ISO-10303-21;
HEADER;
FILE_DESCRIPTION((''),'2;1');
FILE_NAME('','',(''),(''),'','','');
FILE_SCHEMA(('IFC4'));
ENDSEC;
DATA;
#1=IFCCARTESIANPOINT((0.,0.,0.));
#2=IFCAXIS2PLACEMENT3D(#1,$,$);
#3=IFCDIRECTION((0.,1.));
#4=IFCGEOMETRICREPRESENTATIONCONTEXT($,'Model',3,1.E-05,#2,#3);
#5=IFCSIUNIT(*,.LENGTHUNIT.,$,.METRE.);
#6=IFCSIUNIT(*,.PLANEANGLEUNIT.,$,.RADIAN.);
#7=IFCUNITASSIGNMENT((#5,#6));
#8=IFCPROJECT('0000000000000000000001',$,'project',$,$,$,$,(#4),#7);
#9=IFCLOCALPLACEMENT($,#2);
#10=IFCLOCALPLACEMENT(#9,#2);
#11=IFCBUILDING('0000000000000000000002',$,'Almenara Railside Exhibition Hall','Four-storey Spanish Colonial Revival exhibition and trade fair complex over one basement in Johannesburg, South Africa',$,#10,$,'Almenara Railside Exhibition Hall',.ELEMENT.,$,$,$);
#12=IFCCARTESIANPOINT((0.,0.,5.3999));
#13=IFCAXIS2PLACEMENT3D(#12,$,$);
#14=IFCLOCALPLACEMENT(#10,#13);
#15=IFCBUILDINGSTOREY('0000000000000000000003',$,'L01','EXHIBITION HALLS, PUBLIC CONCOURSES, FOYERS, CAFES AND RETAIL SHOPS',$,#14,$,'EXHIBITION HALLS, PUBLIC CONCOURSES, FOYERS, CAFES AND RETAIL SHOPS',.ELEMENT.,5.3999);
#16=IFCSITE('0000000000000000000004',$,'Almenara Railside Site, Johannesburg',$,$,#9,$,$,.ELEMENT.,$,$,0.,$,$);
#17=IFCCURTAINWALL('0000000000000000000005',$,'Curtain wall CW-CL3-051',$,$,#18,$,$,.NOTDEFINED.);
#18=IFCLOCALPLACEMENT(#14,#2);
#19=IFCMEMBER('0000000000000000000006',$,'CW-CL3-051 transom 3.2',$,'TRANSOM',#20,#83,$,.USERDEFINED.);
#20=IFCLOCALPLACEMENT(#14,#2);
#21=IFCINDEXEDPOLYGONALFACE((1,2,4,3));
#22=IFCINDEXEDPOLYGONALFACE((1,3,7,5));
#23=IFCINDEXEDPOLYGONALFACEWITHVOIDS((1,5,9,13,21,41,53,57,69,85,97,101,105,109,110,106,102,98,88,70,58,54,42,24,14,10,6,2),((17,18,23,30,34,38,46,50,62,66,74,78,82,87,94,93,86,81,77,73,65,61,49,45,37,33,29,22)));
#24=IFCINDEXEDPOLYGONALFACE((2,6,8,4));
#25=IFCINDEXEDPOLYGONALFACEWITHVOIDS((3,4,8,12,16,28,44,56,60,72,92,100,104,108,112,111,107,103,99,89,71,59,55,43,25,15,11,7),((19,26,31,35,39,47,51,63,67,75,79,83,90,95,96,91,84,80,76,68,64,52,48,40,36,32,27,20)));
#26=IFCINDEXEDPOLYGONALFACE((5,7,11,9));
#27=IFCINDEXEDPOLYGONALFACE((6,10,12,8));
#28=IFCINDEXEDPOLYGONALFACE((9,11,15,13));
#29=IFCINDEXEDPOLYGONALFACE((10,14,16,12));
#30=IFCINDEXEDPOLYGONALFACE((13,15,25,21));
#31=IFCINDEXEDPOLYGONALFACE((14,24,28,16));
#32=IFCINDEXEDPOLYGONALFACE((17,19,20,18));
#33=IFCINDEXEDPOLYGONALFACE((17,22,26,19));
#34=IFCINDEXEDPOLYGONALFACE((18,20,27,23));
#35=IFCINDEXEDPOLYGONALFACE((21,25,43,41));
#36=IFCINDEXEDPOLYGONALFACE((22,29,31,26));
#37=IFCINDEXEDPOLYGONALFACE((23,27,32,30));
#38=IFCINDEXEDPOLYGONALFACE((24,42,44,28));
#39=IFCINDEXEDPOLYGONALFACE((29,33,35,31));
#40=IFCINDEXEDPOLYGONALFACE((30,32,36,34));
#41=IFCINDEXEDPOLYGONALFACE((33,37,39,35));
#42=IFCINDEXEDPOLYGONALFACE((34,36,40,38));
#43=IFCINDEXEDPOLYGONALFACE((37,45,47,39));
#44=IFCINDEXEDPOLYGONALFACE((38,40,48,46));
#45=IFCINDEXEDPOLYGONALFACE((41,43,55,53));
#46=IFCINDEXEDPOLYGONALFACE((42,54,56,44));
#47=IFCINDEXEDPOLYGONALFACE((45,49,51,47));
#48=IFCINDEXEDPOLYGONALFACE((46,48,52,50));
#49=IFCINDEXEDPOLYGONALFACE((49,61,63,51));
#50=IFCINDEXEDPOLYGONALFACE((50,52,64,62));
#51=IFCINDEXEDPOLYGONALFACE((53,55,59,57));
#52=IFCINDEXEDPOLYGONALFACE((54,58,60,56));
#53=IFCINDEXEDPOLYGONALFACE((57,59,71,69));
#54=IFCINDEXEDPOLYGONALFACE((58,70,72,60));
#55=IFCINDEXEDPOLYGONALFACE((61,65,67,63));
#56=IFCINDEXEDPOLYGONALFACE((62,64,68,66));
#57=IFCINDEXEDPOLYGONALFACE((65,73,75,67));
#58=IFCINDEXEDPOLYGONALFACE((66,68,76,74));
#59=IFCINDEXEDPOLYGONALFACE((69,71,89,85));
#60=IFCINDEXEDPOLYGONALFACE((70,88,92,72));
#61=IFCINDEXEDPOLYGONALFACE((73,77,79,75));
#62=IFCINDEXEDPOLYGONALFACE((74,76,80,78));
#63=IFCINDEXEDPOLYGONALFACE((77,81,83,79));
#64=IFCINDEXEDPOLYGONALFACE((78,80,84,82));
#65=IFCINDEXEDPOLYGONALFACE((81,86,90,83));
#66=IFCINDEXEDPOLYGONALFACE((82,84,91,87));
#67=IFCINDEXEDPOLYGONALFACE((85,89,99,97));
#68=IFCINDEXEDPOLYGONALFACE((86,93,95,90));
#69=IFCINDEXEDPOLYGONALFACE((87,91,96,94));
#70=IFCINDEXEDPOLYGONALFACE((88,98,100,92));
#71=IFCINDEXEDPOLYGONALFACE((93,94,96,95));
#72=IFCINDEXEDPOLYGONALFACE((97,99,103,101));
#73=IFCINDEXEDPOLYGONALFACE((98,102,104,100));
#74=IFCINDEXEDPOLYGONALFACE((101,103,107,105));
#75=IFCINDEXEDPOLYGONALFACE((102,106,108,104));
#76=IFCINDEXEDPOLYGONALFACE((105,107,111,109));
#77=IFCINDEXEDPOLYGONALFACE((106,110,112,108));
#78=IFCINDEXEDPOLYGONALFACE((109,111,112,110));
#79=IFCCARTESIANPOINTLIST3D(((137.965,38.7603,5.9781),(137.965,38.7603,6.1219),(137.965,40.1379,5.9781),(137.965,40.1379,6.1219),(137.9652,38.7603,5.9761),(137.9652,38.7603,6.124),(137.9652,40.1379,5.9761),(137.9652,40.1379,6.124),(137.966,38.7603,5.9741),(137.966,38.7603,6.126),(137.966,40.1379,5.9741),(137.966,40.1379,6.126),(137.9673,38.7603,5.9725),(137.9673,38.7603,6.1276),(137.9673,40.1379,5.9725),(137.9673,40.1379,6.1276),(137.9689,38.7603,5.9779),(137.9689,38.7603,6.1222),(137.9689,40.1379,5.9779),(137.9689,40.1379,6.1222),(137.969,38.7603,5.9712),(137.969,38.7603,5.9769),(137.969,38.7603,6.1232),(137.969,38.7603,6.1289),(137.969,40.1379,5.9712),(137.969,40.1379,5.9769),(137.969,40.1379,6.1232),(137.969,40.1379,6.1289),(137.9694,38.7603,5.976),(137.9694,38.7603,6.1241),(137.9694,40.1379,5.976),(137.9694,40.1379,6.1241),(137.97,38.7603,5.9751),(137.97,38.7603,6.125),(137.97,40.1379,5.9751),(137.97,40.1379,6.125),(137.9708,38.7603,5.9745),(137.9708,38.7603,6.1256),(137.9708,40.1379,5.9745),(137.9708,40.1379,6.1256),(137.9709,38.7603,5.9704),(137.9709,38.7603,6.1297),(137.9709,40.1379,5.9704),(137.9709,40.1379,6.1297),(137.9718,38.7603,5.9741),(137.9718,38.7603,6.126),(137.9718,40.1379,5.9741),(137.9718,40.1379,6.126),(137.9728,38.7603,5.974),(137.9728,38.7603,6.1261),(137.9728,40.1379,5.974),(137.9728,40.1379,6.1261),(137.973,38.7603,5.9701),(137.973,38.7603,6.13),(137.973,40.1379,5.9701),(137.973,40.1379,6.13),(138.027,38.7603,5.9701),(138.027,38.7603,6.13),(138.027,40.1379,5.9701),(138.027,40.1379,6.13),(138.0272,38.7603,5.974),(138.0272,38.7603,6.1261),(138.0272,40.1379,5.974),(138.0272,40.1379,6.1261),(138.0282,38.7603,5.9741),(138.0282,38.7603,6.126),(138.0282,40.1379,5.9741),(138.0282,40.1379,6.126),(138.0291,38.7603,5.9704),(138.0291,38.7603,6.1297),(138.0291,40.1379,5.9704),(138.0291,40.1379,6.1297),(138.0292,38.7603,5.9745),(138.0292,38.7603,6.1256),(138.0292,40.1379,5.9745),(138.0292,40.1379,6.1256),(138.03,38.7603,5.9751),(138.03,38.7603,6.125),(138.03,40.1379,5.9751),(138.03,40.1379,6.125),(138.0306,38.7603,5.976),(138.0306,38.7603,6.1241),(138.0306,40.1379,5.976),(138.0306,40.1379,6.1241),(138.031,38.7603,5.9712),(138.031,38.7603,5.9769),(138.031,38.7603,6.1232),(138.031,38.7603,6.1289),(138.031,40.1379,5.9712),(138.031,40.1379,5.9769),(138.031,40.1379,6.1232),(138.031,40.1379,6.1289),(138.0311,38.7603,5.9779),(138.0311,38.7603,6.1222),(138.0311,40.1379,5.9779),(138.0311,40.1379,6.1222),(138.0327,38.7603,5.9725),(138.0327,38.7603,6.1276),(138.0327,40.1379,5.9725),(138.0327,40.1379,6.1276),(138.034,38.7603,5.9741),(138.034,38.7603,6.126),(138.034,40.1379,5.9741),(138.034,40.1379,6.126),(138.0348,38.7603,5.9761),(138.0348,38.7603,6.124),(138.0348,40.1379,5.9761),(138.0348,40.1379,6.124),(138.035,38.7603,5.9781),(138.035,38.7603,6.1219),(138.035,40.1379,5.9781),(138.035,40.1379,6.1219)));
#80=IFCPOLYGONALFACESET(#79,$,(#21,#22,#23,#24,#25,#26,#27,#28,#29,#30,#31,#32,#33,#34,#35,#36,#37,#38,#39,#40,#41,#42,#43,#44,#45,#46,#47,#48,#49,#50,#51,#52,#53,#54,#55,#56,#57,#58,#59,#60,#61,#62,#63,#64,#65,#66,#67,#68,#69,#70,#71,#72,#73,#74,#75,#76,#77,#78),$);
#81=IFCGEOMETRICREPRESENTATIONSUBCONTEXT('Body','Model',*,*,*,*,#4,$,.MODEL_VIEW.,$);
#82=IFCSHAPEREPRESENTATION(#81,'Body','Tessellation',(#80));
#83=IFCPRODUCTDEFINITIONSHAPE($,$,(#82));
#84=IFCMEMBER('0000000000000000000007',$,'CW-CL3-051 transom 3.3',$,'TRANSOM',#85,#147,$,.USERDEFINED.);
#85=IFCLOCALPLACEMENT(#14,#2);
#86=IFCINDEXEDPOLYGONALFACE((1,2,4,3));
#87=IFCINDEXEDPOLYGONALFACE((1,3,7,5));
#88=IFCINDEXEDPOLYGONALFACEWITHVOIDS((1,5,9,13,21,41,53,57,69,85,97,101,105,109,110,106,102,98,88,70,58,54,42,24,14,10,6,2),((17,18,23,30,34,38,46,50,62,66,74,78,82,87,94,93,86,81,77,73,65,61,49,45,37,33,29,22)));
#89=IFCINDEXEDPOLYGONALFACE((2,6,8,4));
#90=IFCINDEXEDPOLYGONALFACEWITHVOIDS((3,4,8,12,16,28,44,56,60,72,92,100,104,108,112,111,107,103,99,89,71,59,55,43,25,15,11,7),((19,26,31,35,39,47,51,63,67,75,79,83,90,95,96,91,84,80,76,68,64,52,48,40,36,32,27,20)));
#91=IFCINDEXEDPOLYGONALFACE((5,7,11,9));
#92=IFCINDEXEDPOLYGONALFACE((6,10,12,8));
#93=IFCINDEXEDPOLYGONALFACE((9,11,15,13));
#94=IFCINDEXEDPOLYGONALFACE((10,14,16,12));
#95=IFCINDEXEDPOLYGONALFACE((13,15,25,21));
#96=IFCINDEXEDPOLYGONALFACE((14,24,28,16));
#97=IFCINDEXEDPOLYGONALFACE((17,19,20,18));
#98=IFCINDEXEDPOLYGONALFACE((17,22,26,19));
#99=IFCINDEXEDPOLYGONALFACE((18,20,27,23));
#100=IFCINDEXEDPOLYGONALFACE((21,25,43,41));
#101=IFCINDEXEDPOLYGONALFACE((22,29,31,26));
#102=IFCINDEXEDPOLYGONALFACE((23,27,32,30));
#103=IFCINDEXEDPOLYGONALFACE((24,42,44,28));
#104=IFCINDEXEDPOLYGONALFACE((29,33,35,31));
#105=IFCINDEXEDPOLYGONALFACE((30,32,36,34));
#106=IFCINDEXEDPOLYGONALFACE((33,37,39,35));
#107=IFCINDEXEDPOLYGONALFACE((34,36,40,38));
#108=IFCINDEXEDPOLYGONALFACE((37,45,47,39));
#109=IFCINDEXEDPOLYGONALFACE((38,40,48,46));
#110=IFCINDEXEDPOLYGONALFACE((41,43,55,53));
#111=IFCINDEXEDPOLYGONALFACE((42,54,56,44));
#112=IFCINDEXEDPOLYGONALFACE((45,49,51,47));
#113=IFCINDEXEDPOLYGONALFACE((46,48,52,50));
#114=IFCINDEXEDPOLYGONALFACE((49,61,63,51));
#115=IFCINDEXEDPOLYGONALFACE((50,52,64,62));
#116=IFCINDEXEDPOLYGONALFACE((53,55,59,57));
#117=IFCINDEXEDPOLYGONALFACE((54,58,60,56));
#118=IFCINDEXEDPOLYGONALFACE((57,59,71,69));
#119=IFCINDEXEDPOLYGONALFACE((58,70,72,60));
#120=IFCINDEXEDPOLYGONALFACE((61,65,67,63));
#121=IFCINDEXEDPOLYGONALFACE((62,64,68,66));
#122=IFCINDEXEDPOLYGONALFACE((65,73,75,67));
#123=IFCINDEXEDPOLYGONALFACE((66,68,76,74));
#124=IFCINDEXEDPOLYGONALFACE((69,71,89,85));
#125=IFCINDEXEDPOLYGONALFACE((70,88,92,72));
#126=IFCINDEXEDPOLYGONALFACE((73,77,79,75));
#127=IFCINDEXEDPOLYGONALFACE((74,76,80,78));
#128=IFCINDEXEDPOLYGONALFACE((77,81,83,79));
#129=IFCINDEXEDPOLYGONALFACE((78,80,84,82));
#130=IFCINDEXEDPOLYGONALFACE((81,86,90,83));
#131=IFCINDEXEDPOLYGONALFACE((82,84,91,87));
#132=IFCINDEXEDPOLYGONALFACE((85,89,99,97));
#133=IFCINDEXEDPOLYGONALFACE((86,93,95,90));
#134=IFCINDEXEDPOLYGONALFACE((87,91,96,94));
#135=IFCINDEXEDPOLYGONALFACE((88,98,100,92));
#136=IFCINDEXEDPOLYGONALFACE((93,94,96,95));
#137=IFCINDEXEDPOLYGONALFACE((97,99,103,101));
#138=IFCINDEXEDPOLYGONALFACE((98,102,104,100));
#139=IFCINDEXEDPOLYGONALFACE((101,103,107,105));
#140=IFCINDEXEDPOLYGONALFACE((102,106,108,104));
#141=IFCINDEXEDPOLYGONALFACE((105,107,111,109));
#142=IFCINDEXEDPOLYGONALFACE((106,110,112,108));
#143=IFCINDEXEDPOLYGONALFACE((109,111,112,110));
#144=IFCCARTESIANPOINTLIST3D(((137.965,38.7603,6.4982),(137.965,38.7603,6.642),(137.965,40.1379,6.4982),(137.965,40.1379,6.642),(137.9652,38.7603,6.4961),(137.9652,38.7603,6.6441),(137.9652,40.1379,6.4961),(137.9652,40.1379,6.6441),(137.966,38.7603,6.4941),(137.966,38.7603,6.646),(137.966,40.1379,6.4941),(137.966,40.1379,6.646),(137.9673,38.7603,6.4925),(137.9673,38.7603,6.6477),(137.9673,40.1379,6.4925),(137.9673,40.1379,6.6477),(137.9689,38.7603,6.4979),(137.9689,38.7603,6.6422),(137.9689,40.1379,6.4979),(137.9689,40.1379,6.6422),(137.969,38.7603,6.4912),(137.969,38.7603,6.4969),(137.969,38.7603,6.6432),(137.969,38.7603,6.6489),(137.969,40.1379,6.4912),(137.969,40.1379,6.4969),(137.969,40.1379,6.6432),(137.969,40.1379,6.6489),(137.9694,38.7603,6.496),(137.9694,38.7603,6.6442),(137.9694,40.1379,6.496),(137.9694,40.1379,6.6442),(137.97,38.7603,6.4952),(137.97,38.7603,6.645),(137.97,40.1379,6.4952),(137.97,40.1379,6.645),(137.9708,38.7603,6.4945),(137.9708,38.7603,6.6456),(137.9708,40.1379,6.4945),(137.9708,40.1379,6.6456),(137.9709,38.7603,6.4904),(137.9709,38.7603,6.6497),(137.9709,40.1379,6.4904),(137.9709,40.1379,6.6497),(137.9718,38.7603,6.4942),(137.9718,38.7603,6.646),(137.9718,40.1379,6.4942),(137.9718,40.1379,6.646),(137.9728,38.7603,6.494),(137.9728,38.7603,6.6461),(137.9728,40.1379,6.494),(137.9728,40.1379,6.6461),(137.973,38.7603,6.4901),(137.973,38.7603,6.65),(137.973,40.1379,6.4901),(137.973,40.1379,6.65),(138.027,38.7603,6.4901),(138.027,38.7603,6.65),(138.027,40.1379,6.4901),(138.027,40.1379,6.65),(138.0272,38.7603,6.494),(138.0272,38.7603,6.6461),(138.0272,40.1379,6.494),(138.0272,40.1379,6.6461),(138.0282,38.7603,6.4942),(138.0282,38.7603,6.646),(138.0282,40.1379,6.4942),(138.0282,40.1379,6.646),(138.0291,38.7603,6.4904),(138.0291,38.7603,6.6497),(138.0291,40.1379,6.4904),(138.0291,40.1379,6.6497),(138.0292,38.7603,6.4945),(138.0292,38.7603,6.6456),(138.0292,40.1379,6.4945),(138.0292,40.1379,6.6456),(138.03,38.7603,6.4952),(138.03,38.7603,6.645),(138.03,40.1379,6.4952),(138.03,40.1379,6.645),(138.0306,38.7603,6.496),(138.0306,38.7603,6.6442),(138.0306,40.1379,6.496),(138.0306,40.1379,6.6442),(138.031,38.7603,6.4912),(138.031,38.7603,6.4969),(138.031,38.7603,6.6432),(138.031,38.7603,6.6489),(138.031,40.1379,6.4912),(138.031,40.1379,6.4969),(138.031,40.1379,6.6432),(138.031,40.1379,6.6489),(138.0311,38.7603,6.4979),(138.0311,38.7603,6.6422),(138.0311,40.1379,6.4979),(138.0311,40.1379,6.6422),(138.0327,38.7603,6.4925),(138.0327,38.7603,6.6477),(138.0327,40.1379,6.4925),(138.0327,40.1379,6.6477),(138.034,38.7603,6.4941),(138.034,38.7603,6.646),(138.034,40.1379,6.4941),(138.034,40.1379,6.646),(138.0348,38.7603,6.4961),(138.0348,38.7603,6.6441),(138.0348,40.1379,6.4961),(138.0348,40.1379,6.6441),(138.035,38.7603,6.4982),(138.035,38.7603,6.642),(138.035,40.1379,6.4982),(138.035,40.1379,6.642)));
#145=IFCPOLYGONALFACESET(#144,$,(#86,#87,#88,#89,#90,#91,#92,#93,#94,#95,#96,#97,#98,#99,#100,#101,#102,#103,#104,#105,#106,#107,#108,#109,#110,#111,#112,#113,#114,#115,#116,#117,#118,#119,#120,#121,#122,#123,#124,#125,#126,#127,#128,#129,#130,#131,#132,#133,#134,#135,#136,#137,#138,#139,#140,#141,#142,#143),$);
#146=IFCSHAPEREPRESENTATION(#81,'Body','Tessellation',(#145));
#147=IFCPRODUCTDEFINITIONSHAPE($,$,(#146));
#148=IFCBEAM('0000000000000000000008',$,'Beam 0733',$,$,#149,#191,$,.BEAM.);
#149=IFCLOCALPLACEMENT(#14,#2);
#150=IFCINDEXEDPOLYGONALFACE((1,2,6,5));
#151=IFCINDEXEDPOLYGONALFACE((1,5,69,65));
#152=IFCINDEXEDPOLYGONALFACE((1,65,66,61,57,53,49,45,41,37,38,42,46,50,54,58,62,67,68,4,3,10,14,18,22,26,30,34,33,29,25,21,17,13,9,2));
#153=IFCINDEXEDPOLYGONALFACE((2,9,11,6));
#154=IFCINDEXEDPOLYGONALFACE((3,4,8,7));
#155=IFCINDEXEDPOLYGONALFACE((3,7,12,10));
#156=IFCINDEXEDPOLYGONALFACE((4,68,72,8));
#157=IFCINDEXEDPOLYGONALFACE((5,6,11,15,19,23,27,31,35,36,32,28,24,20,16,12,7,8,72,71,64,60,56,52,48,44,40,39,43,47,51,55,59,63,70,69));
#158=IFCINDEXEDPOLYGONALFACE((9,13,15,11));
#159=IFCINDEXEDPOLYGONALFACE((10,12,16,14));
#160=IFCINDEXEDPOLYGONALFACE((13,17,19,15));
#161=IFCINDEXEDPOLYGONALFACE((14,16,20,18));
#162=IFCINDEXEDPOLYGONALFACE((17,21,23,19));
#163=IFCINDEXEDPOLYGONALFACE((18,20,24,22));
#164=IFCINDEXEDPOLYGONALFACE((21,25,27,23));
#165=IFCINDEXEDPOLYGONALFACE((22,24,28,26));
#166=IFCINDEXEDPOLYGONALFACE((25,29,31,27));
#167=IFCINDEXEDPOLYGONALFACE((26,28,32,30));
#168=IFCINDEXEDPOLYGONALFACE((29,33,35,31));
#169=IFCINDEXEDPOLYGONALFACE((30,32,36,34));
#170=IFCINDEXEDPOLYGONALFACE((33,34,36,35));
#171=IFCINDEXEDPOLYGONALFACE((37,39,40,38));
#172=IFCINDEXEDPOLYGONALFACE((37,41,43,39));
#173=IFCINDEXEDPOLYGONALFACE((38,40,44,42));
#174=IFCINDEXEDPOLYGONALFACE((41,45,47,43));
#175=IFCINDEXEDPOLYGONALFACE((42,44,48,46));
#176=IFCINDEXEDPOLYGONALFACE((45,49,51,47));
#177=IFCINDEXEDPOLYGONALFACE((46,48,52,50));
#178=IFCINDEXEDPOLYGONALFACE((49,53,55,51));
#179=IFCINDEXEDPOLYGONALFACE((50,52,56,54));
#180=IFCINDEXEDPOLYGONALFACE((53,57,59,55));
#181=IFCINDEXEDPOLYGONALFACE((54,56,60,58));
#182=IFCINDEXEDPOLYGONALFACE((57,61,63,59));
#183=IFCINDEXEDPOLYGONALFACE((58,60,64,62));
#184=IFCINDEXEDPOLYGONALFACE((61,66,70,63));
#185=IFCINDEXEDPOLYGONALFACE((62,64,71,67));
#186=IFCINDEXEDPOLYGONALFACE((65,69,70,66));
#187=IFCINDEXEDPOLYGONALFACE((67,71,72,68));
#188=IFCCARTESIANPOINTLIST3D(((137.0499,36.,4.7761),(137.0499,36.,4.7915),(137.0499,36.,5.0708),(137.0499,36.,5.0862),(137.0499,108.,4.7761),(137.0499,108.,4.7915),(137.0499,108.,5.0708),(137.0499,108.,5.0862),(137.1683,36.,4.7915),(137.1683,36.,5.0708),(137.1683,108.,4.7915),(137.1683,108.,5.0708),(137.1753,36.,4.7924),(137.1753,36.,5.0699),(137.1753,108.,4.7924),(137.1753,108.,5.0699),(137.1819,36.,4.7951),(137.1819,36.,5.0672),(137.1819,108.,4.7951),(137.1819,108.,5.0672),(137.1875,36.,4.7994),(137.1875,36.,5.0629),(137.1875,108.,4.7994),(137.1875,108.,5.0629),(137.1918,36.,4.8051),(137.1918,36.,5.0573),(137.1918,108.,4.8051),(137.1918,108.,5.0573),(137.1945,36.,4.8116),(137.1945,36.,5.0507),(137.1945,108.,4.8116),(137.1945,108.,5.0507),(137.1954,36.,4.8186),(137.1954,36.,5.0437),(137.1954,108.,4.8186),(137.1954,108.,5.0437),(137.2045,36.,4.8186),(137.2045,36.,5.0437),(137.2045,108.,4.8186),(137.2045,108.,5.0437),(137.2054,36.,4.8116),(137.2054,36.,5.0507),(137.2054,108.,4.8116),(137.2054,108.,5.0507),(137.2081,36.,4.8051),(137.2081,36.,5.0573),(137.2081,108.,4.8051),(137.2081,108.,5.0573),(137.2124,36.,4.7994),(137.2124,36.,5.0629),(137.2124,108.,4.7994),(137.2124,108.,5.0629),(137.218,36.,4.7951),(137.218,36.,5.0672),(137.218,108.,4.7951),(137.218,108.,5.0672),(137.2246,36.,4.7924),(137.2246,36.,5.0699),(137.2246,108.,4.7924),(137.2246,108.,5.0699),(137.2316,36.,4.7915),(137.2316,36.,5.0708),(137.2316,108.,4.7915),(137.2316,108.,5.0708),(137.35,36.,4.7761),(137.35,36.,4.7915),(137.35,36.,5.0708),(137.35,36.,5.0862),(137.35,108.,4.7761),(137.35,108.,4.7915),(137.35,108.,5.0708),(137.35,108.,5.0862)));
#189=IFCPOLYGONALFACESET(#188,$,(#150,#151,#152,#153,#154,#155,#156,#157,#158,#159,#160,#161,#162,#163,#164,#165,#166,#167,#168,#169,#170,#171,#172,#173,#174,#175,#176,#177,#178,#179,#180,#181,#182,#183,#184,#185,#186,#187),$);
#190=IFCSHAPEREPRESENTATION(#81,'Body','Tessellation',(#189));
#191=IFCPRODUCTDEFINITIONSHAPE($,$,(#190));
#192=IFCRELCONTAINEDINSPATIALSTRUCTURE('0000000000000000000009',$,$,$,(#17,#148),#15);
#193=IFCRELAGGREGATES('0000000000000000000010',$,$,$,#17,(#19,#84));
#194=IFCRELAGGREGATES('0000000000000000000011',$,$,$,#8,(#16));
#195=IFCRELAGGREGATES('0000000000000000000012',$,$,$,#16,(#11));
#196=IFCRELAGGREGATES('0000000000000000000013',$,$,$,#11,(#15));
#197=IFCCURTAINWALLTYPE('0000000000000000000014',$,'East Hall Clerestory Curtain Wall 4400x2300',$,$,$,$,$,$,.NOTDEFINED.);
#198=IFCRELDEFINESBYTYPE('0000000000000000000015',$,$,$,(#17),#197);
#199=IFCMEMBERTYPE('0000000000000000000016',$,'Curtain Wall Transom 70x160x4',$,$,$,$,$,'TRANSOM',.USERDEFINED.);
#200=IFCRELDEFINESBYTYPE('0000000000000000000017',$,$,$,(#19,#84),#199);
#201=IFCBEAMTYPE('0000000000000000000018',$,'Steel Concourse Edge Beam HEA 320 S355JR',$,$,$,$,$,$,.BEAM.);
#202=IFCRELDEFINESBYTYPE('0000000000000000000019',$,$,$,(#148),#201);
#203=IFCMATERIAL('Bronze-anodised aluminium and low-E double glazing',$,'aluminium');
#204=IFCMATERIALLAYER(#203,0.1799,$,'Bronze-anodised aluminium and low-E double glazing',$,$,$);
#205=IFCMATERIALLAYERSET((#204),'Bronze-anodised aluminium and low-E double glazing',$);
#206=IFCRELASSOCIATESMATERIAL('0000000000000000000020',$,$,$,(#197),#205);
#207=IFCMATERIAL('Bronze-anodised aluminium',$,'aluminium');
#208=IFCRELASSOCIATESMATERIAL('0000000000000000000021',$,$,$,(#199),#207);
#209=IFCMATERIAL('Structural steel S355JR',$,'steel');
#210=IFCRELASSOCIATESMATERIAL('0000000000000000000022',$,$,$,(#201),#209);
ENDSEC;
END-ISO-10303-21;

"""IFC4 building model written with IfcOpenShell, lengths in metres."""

from ifc_helpers import new_model, si_unit, direction, frame, origin, origin_2d, place, context, subcontext, project, spatial, hollow_rectangle, i_section, extrude, material, layer, layer_set, material_profile, profile_set, type_object, element, aggregate, save


model = new_model("IFC4")

# Units and contexts
model_context = context("Model", 3, precision=1e-05, world=origin(), true_north=direction((0.0, 1.0)))
body_context = subcontext(model_context, "Body", "Model", "MODEL_VIEW")
ifc_project = project(units=[si_unit("LENGTHUNIT", "METRE"), si_unit("PLANEANGLEUNIT", "RADIAN")], contexts=[model_context])

# Site, building, storey
site_placement = place(None, origin())
site = spatial("IfcSite", under=ifc_project, at=site_placement, Name="Almenara Railside Site, Johannesburg", CompositionType="ELEMENT", RefElevation=0.0)
building_placement = place(site_placement, origin())
building = spatial("IfcBuilding", under=site, at=building_placement, Name="Almenara Railside Exhibition Hall", Description="Four-storey Spanish Colonial Revival exhibition and trade fair complex over one basement in Johannesburg, South Africa", LongName="Almenara Railside Exhibition Hall", CompositionType="ELEMENT")
storey_placement = place(building_placement, frame((0.0, 0.0, 5.3999)))
storey = spatial("IfcBuildingStorey", under=building, at=storey_placement, Name="L01", Description="EXHIBITION HALLS, PUBLIC CONCOURSES, FOYERS, CAFES AND RETAIL SHOPS", LongName="EXHIBITION HALLS, PUBLIC CONCOURSES, FOYERS, CAFES AND RETAIL SHOPS", CompositionType="ELEMENT", Elevation=5.3999)

# Shared definitions
ifc_material_1 = material(Name="Bronze-anodised aluminium and low-E double glazing", Category="aluminium")
ifc_layer_1 = layer(ifc_material_1, 0.1799, Name="Bronze-anodised aluminium and low-E double glazing")
ifc_layer_set_1 = layer_set([ifc_layer_1], Name="Bronze-anodised aluminium and low-E double glazing")
curtain_wall_type = type_object("IfcCurtainWallType", Name="East Hall Clerestory Curtain Wall 4400x2300", PredefinedType="NOTDEFINED", material=ifc_layer_set_1)
ifc_material_2 = material(Name="Bronze-anodised aluminium", Category="aluminium")

# Curtain wall, members
curtain_wall_1_placement = place(storey_placement, origin())
curtain_wall_1 = element("IfcCurtainWall", 1, at=curtain_wall_1_placement, inside=storey, type_object=curtain_wall_type, Name="Curtain wall CW-CL3-051", PredefinedType="NOTDEFINED")
ifc_material_profile_1 = material_profile(ifc_material_2, hollow_rectangle(XDim=0.0701, YDim=0.1599, WallThickness=0.0039, InnerFilletRadius=0.0039, OuterFilletRadius=0.0081, at=origin_2d()), Name="ALU-TRN 70x160x4")
ifc_profile_set_1 = profile_set([ifc_material_profile_1], Name="Bronze-anodised aluminium")
member_type_1 = type_object("IfcMemberType", Name="Curtain Wall Transom 70x160x4", ElementType="TRANSOM", PredefinedType="USERDEFINED", material=ifc_profile_set_1)
member_1_placement = place(storey_placement, frame((138.0, 38.7603, 6.05), z_axis=(0.0, 1.0, 0.0), x_axis=(-1.0, 0.0, 0.0)))
member_1 = element("IfcMember", 2, at=member_1_placement, type_object=member_type_1, Name="CW-CL3-051 transom 3.2", ObjectType="TRANSOM", PredefinedType="USERDEFINED", context=body_context, shape_type="SweptSolid", body=[
    extrude(hollow_rectangle(XDim=0.0701, YDim=0.1599, WallThickness=0.0039, InnerFilletRadius=0.0039, OuterFilletRadius=0.0081, at=origin_2d()), origin(), (0.0, 0.0, 1.0), 1.3777),
])
member_2_placement = place(storey_placement, frame((138.0, 38.7603, 6.5701), z_axis=(0.0, 1.0, 0.0), x_axis=(-1.0, 0.0, 0.0)))
member_2 = element("IfcMember", 3, at=member_2_placement, type_object=member_type_1, Name="CW-CL3-051 transom 3.3", ObjectType="TRANSOM", PredefinedType="USERDEFINED", context=body_context, shape_type="SweptSolid", body=[
    extrude(hollow_rectangle(XDim=0.0701, YDim=0.1599, WallThickness=0.0039, InnerFilletRadius=0.0039, OuterFilletRadius=0.0081, at=origin_2d()), origin(), (0.0, 0.0, 1.0), 1.3777),
])

# Beam
ifc_material_3 = material(Name="Structural steel S355JR", Category="steel")
ifc_material_profile_2 = material_profile(ifc_material_3, i_section(OverallWidth=0.3, OverallDepth=0.3101, WebThickness=0.009, FlangeThickness=0.0154, FilletRadius=0.0271, at=origin_2d()), Name="HEA 320")
ifc_profile_set_2 = profile_set([ifc_material_profile_2], Name="Structural steel S355JR")
beam_type_1 = type_object("IfcBeamType", Name="Steel Concourse Edge Beam HEA 320 S355JR", PredefinedType="BEAM", material=ifc_profile_set_2)
beam_1_placement = place(storey_placement, frame((137.2, 36.0, 4.9312), z_axis=(0.0, 1.0, 0.0), x_axis=(-1.0, 0.0, 0.0)))
element("IfcBeam", 4, at=beam_1_placement, inside=storey, type_object=beam_type_1, Name="Beam 0733", PredefinedType="BEAM", context=body_context, shape_type="SweptSolid", body=[
    extrude(i_section(OverallWidth=0.3, OverallDepth=0.3101, WebThickness=0.009, FlangeThickness=0.0154, FilletRadius=0.0271, at=origin_2d()), origin(), (0.0, 0.0, 1.0), 72.0),
])

aggregate(curtain_wall_1, [member_1, member_2])

save(model, "model.ifc")
